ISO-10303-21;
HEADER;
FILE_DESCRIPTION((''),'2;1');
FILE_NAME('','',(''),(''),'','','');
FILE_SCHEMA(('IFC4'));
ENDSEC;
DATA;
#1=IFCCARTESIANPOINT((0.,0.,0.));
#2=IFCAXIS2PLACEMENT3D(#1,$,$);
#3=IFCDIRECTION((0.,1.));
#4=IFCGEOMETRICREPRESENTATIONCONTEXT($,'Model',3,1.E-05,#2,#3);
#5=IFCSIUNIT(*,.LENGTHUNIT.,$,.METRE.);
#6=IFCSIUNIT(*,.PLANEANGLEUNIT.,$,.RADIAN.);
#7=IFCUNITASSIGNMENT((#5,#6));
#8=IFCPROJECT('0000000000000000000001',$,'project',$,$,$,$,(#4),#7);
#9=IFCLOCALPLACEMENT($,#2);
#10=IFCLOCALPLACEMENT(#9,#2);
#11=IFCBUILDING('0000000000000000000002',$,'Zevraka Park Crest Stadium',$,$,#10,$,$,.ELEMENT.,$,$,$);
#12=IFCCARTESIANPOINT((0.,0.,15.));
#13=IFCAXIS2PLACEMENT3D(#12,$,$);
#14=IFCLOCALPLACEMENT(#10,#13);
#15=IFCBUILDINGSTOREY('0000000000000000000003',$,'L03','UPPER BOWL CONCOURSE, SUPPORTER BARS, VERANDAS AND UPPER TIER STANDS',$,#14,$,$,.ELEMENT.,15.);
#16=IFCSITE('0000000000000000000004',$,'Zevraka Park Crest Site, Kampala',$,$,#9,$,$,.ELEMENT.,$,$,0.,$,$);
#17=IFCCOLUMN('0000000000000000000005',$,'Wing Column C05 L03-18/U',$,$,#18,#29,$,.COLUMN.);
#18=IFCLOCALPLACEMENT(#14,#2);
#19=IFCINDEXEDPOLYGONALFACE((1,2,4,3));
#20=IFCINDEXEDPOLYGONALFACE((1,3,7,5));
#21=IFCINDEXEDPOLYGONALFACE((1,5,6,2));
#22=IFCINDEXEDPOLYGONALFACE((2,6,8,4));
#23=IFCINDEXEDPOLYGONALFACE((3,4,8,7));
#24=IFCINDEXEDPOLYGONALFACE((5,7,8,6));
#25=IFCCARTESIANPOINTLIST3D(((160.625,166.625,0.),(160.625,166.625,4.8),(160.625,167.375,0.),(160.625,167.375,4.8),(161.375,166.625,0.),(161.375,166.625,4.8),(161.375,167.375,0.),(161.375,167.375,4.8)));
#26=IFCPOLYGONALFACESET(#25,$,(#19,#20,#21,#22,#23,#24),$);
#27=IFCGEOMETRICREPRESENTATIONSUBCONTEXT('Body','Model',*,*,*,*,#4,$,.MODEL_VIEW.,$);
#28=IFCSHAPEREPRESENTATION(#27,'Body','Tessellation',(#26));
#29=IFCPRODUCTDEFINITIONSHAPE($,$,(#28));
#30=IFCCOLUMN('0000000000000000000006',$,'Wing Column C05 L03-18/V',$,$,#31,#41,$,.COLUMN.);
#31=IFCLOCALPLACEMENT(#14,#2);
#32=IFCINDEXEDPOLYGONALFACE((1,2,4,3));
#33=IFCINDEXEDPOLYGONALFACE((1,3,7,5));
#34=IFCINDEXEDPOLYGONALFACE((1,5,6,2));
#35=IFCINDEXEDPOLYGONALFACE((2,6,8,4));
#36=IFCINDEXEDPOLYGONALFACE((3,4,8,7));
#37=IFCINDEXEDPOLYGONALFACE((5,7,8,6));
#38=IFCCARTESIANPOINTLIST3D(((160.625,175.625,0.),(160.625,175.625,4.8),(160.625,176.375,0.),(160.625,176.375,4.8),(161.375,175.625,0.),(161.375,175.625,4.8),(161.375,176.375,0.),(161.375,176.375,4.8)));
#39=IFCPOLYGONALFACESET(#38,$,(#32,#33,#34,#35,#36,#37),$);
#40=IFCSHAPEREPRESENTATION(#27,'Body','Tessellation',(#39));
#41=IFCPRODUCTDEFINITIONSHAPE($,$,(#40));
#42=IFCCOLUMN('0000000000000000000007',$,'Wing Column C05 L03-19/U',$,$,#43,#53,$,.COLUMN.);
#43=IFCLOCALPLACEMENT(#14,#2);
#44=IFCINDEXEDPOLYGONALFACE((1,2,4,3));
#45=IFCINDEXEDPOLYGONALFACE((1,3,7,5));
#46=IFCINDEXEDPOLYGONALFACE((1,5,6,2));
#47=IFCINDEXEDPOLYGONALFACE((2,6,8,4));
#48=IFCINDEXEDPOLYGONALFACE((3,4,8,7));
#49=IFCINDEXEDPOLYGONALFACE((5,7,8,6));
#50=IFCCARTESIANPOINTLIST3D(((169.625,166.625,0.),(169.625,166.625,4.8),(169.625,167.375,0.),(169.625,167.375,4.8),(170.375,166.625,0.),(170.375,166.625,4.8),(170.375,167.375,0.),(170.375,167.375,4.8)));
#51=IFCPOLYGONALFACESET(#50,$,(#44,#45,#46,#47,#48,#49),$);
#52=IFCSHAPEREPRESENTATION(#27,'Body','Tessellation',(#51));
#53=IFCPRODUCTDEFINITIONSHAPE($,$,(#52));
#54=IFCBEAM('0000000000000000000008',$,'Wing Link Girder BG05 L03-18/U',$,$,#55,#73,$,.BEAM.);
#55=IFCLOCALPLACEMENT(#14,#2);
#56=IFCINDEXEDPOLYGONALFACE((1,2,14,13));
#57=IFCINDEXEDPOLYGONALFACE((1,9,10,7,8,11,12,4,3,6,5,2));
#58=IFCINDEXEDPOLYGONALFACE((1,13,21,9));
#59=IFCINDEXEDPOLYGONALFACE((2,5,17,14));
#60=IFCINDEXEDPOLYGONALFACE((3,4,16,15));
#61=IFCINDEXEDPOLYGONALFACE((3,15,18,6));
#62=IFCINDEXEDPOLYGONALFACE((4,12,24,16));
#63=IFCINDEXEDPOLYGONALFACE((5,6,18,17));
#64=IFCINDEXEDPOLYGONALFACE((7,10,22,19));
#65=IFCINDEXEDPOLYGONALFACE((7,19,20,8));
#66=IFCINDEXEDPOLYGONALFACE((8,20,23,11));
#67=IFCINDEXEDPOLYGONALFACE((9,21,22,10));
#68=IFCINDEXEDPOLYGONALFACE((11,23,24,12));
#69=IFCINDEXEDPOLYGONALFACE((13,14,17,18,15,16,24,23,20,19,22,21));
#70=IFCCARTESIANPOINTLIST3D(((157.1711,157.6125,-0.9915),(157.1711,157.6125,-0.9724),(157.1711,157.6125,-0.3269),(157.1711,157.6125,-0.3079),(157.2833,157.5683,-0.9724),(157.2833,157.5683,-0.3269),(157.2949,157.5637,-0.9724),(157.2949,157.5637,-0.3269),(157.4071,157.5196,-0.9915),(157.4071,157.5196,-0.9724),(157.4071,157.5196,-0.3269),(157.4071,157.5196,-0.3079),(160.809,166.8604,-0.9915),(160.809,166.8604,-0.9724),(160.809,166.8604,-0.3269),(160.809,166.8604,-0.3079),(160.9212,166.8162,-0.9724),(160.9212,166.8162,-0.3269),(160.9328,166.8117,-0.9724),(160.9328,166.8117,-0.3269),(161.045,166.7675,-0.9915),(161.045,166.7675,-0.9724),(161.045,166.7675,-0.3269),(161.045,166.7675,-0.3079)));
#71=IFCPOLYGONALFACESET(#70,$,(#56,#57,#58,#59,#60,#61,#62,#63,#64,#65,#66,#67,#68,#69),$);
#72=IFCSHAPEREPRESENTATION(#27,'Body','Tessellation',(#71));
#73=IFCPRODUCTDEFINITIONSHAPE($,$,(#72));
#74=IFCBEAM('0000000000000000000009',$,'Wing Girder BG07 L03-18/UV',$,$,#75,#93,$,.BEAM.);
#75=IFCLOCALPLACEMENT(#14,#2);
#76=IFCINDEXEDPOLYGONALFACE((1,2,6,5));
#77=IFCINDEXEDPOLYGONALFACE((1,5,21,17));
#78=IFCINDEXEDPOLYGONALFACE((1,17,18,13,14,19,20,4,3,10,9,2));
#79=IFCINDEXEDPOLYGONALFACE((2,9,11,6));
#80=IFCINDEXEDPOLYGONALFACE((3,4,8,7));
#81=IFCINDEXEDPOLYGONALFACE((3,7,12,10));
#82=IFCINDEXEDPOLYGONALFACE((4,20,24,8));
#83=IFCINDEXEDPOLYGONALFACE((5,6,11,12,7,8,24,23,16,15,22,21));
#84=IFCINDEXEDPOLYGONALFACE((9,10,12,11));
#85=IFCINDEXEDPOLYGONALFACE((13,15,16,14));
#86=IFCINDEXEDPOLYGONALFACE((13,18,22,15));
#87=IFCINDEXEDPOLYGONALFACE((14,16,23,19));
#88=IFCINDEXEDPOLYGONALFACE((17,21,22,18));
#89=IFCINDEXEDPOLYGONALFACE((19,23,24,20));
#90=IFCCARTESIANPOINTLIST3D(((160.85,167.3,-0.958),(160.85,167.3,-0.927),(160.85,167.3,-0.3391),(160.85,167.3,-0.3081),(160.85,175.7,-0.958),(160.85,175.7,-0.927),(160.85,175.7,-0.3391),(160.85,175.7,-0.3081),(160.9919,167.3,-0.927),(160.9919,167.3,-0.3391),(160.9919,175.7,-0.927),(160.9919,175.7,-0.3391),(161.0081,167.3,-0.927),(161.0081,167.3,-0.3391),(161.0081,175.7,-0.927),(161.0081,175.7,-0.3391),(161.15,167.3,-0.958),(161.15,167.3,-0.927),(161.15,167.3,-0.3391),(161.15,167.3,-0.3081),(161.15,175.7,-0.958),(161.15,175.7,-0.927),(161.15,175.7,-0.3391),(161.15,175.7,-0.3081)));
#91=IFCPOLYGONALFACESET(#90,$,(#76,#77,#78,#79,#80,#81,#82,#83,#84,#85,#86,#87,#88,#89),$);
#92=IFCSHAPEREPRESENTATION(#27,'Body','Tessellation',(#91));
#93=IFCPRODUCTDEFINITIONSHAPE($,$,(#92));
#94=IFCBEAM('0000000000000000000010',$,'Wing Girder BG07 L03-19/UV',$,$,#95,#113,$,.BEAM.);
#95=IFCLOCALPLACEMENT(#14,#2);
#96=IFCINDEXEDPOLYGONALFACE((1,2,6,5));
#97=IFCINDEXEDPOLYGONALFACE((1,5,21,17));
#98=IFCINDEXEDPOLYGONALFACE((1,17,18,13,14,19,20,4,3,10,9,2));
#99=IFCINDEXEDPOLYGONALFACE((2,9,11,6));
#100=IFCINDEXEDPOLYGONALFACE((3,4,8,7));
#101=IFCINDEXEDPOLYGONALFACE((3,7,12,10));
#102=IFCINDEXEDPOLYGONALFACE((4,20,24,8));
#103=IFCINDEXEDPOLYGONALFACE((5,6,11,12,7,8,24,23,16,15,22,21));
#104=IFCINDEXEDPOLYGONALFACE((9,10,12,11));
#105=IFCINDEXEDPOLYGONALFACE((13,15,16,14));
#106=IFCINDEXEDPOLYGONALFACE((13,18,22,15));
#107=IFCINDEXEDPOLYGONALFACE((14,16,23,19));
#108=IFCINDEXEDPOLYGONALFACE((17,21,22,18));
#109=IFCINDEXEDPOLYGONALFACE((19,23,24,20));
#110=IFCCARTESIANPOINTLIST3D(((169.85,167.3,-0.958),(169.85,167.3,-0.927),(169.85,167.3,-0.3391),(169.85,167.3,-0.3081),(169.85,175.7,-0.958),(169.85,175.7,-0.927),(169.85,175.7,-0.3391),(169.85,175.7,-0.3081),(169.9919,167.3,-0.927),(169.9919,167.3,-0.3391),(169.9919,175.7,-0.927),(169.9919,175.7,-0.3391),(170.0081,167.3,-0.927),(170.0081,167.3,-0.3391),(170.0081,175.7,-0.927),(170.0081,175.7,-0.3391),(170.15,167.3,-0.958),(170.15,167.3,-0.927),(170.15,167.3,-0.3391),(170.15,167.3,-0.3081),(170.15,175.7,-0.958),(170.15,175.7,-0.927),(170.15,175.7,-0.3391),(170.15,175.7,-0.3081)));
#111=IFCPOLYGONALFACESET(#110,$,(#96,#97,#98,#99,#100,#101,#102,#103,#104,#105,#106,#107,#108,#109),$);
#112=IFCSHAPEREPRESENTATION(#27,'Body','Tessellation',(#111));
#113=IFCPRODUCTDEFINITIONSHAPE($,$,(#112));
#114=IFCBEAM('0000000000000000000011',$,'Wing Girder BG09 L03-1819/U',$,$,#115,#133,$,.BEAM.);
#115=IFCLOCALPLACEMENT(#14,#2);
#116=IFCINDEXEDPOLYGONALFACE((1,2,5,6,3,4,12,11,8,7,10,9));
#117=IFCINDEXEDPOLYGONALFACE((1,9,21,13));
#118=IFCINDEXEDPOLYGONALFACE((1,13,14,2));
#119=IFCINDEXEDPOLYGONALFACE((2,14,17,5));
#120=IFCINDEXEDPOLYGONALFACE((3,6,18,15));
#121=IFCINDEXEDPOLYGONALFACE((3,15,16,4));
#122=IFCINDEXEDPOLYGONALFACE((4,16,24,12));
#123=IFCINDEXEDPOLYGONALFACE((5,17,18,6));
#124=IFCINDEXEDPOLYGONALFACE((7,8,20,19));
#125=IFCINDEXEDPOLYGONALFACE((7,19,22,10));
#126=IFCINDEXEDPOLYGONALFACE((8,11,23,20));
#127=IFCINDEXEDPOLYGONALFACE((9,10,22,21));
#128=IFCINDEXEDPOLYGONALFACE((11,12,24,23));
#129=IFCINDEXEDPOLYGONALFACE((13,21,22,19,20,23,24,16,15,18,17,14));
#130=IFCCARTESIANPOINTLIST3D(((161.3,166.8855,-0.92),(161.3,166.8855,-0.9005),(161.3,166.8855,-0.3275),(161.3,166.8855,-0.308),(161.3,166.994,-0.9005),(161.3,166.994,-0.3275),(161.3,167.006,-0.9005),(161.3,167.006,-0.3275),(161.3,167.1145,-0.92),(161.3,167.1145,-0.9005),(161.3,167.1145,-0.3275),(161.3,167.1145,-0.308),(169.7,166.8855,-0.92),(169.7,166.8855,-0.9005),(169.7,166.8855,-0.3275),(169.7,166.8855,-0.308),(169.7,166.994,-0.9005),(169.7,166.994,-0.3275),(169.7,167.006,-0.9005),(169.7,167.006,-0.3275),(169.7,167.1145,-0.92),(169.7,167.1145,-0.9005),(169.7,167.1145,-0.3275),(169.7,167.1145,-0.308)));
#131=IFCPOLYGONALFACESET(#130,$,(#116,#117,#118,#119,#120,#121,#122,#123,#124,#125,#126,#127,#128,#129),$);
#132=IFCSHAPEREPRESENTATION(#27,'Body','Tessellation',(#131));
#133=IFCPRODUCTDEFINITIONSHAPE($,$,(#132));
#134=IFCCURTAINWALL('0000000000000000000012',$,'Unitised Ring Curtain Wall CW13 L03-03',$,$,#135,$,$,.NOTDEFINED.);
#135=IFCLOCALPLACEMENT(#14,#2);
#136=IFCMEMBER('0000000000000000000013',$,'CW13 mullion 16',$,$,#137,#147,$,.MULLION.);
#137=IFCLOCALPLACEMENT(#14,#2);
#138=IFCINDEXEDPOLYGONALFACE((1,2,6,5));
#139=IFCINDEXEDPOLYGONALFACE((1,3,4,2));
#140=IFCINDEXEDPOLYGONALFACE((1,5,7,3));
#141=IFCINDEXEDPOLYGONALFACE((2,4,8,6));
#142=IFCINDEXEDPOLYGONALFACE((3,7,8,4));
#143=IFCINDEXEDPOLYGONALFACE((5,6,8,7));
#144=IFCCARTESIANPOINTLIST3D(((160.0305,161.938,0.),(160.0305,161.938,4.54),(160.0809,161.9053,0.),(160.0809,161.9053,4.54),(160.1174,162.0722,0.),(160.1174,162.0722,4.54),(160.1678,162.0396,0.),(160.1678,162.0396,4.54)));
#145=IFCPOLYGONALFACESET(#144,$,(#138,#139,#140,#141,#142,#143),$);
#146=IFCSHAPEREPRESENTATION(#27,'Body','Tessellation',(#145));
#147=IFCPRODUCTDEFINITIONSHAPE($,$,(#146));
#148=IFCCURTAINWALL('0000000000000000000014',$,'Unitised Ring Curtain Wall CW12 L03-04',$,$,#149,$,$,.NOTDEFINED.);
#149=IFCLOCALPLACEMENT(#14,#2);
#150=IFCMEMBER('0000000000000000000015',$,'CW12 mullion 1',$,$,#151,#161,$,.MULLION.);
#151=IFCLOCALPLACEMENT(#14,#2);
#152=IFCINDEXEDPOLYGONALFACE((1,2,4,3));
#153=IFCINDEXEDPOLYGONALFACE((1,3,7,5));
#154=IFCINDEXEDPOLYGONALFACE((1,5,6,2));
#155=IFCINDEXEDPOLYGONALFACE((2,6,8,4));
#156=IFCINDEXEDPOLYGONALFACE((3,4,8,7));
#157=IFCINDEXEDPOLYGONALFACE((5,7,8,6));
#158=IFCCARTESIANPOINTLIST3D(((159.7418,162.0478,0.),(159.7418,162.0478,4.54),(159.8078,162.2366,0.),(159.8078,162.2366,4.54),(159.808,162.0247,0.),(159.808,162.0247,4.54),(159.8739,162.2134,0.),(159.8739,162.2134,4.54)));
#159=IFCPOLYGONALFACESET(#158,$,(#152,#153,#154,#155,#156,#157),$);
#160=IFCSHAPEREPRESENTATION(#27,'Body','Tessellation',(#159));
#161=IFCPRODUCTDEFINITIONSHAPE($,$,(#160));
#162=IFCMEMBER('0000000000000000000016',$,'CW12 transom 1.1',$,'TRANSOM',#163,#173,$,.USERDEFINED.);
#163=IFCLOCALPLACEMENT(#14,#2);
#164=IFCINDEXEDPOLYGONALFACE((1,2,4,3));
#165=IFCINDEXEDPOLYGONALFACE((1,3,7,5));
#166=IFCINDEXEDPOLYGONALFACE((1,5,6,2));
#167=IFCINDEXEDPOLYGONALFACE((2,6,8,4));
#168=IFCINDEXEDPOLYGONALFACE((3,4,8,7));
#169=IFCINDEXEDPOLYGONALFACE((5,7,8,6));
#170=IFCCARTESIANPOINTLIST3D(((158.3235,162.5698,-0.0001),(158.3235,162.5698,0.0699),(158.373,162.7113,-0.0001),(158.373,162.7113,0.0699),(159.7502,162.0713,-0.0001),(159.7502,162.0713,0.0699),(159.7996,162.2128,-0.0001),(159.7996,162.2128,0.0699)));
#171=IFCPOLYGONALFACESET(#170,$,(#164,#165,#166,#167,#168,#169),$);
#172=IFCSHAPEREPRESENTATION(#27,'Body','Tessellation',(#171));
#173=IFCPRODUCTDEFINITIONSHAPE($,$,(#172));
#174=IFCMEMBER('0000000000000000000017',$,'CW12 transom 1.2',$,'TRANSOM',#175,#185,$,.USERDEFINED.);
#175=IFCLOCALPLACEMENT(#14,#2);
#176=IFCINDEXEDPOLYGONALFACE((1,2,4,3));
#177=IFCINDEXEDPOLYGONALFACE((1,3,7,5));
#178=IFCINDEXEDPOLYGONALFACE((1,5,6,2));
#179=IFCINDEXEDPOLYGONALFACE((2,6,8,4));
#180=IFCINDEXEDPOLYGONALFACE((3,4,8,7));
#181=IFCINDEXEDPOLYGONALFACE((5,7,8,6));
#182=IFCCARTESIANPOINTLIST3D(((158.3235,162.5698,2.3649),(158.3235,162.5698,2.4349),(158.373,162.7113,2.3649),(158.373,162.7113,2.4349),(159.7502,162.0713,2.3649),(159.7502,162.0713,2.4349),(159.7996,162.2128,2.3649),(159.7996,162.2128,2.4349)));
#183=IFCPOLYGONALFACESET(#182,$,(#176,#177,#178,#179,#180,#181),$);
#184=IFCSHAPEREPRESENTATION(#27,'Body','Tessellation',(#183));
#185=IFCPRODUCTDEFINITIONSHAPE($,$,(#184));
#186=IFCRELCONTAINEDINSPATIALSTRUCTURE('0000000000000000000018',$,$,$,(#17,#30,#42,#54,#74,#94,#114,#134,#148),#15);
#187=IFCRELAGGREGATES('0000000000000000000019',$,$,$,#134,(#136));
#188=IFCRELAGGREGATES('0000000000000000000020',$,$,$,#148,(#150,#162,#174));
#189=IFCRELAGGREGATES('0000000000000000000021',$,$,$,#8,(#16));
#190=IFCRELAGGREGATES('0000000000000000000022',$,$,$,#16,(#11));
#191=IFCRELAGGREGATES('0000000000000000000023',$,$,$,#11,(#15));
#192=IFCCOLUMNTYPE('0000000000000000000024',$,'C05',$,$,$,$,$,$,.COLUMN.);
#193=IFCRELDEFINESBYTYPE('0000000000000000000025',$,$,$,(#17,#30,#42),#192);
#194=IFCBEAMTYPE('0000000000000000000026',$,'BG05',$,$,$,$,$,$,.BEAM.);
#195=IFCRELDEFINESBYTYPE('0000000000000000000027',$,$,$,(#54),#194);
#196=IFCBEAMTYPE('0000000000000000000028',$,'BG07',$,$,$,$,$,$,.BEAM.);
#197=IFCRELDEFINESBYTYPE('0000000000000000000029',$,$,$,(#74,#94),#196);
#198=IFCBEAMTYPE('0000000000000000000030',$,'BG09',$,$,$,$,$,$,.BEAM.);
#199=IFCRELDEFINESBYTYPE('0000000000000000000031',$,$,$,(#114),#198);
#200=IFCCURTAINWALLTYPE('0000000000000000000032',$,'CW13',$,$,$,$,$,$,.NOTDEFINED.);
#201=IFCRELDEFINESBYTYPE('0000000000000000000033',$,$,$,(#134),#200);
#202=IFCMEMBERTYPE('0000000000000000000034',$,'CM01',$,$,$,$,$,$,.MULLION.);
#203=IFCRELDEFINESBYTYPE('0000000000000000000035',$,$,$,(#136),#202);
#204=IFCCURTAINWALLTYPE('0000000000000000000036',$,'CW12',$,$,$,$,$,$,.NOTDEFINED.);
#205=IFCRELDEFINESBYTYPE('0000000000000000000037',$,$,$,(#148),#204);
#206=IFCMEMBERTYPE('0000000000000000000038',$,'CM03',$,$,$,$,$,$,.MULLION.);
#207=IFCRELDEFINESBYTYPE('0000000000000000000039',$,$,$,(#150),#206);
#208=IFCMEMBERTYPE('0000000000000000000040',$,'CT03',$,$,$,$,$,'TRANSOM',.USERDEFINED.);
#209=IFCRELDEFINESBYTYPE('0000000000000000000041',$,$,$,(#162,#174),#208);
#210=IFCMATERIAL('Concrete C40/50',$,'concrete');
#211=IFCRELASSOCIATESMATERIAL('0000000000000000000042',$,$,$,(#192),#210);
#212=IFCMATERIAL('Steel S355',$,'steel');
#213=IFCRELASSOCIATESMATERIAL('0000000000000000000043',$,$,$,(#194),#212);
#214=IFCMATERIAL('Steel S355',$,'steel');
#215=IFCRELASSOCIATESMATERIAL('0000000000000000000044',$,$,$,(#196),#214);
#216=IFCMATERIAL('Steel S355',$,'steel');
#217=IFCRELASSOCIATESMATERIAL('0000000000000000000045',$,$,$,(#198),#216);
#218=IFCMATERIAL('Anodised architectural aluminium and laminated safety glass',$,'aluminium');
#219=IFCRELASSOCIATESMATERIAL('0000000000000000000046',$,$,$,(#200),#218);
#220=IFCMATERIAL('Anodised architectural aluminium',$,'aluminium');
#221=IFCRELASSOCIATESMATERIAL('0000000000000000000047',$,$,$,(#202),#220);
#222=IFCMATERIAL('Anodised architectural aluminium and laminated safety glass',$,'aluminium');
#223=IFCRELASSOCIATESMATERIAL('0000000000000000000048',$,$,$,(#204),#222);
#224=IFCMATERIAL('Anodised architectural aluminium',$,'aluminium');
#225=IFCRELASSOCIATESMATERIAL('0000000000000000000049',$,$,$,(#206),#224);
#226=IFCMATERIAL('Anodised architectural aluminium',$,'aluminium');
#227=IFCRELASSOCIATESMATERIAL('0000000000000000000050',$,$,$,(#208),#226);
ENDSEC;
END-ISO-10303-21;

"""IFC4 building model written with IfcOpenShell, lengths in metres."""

from ifc_helpers import new_model, si_unit, direction, frame, origin, origin_2d, place, context, subcontext, project, spatial, rectangle, i_section, extrude, material, material_profile, profile_set, type_object, element, aggregate, save


model = new_model("IFC4")

# Units and contexts
model_context = context("Model", 3, precision=1e-05, world=origin(), true_north=direction((0.0, 1.0)))
body_context = subcontext(model_context, "Body", "Model", "MODEL_VIEW")
ifc_project = project(units=[si_unit("LENGTHUNIT", "METRE"), si_unit("PLANEANGLEUNIT", "RADIAN")], contexts=[model_context])

# Site, building, storey
site_placement = place(None, origin())
site = spatial("IfcSite", under=ifc_project, at=site_placement, Name="Zevraka Park Crest Site, Kampala", CompositionType="ELEMENT", RefElevation=0.0)
building_placement = place(site_placement, origin())
building = spatial("IfcBuilding", under=site, at=building_placement, Name="Zevraka Park Crest Stadium", CompositionType="ELEMENT")
storey_placement = place(building_placement, frame((0.0, 0.0, 15.0)))
storey = spatial("IfcBuildingStorey", under=building, at=storey_placement, Name="L03", Description="UPPER BOWL CONCOURSE, SUPPORTER BARS, VERANDAS AND UPPER TIER STANDS", CompositionType="ELEMENT", Elevation=15.0)

# Columns
ifc_material_1 = material(Name="Concrete C40/50", Category="concrete")
ifc_material_profile_1 = material_profile(ifc_material_1, rectangle(XDim=0.75, YDim=0.75, at=origin_2d()), Name="RC 750x750")
ifc_profile_set_1 = profile_set([ifc_material_profile_1], Name="Concrete C40/50")
column_type = type_object("IfcColumnType", Name="C05", PredefinedType="COLUMN", material=ifc_profile_set_1)
for number, where, z_axis, x_axis, name in (
    (1, (161.0, 167.0, 0.0), (0.0, 0.0, 1.0), (1.0, 0.0, 0.0), "Wing Column C05 L03-18/U"),
    (2, (161.0, 176.0, 0.0), (0.0, 0.0, 1.0), (1.0, 0.0, 0.0), "Wing Column C05 L03-18/V"),
    (3, (170.0, 167.0, 0.0), (0.0, 0.0, 1.0), (1.0, 0.0, 0.0), "Wing Column C05 L03-19/U"),
):
    element("IfcColumn", number, at=place(storey_placement, frame(where, z_axis=z_axis, x_axis=x_axis)), inside=storey, type_object=column_type, Name=name, PredefinedType="COLUMN", context=body_context, shape_type="SweptSolid", body=[
        extrude(rectangle(XDim=0.75, YDim=0.75, at=origin_2d()), origin(), (0.0, 0.0, 1.0), 4.8),
    ])

# Beams
ifc_material_2 = material(Name="Steel S355", Category="steel")
ifc_material_profile_2 = material_profile(ifc_material_2, i_section(OverallWidth=0.2537, OverallDepth=0.6836, WebThickness=0.0125, FlangeThickness=0.019, at=origin_2d()), Name="UKB 686x254x140")
ifc_profile_set_2 = profile_set([ifc_material_profile_2], Name="Steel S355")
beam_type_1 = type_object("IfcBeamType", Name="BG05", PredefinedType="BEAM", material=ifc_profile_set_2)
beam_1_placement = place(storey_placement, frame((160.927, 166.814, -0.6497), z_axis=(-0.366069, -0.930588, 0.0), x_axis=(0.930588, -0.366069, 0.0)))
element("IfcBeam", 4, at=beam_1_placement, inside=storey, type_object=beam_type_1, Name="Wing Link Girder BG05 L03-18/U", PredefinedType="BEAM", context=body_context, shape_type="SweptSolid", body=[
    extrude(i_section(OverallWidth=0.2537, OverallDepth=0.6836, WebThickness=0.0125, FlangeThickness=0.019, at=origin_2d()), origin(), (0.0, 0.0, 1.0), 9.9377),
])
ifc_material_3 = material(Name="Steel S355", Category="steel")
ifc_material_profile_3 = material_profile(ifc_material_3, i_section(OverallWidth=0.3, OverallDepth=0.6499, WebThickness=0.0161, FlangeThickness=0.031, at=origin_2d()), Name="HEB 650")
ifc_profile_set_3 = profile_set([ifc_material_profile_3], Name="Steel S355")
beam_type_2 = type_object("IfcBeamType", Name="BG07", PredefinedType="BEAM", material=ifc_profile_set_3)
for number, where, z_axis, x_axis, name in (
    (5, (161.0, 167.3, -0.6331), (0.0, 1.0, 0.0), (-1.0, 0.0, 0.0), "Wing Girder BG07 L03-18/UV"),
    (6, (170.0, 167.3, -0.6331), (0.0, 1.0, 0.0), (-1.0, 0.0, 0.0), "Wing Girder BG07 L03-19/UV"),
):
    element("IfcBeam", number, at=place(storey_placement, frame(where, z_axis=z_axis, x_axis=x_axis)), inside=storey, type_object=beam_type_2, Name=name, PredefinedType="BEAM", context=body_context, shape_type="SweptSolid", body=[
        extrude(i_section(OverallWidth=0.3, OverallDepth=0.6499, WebThickness=0.0161, FlangeThickness=0.031, at=origin_2d()), origin(), (0.0, 0.0, 1.0), 8.3999),
    ])
ifc_material_4 = material(Name="Steel S355", Category="steel")
ifc_material_profile_4 = material_profile(ifc_material_4, i_section(OverallWidth=0.229, OverallDepth=0.6121, WebThickness=0.012, FlangeThickness=0.0195, at=origin_2d()), Name="UKB 610x229x125")
ifc_profile_set_4 = profile_set([ifc_material_profile_4], Name="Steel S355")
beam_type_3 = type_object("IfcBeamType", Name="BG09", PredefinedType="BEAM", material=ifc_profile_set_4)
beam_2_placement = place(storey_placement, frame((161.3, 167.0, -0.614), z_axis=(1.0, 0.0, 0.0), x_axis=(0.0, 1.0, 0.0)))
element("IfcBeam", 7, at=beam_2_placement, inside=storey, type_object=beam_type_3, Name="Wing Girder BG09 L03-1819/U", PredefinedType="BEAM", context=body_context, shape_type="SweptSolid", body=[
    extrude(i_section(OverallWidth=0.229, OverallDepth=0.6121, WebThickness=0.012, FlangeThickness=0.0195, at=origin_2d()), origin(), (0.0, 0.0, 1.0), 8.3999),
])

# Curtain wall, member
ifc_material_5 = material(Name="Anodised architectural aluminium and laminated safety glass", Category="aluminium")
curtain_wall_type_1 = type_object("IfcCurtainWallType", Name="CW13", PredefinedType="NOTDEFINED", material=ifc_material_5)
curtain_wall_1_placement = place(storey_placement, origin())
curtain_wall_1 = element("IfcCurtainWall", 8, at=curtain_wall_1_placement, inside=storey, type_object=curtain_wall_type_1, Name="Unitised Ring Curtain Wall CW13 L03-03", PredefinedType="NOTDEFINED")
ifc_material_6 = material(Name="Anodised architectural aluminium", Category="aluminium")
ifc_material_profile_5 = material_profile(ifc_material_6, rectangle(XDim=0.1599, YDim=0.0601, at=origin_2d()), Name="ALU MULLION 160x60")
ifc_profile_set_5 = profile_set([ifc_material_profile_5], Name="Anodised architectural aluminium")
member_type_1 = type_object("IfcMemberType", Name="CM01", PredefinedType="MULLION", material=ifc_profile_set_5)
member_1_placement = place(storey_placement, frame((160.0991, 161.9888, 0.0), z_axis=(0.0, 0.0, 1.0), x_axis=(-0.543469, -0.839429, 0.0)))
member_1 = element("IfcMember", 9, at=member_1_placement, type_object=member_type_1, Name="CW13 mullion 16", PredefinedType="MULLION", context=body_context, shape_type="SweptSolid", body=[
    extrude(rectangle(XDim=0.1599, YDim=0.0601, at=origin_2d()), origin(), (0.0, 0.0, 1.0), 4.54),
])
aggregate(curtain_wall_1, [member_1])

# Curtain wall, members
ifc_material_7 = material(Name="Anodised architectural aluminium and laminated safety glass", Category="aluminium")
curtain_wall_type_2 = type_object("IfcCurtainWallType", Name="CW12", PredefinedType="NOTDEFINED", material=ifc_material_7)
curtain_wall_2_placement = place(storey_placement, origin())
curtain_wall_2 = element("IfcCurtainWall", 10, at=curtain_wall_2_placement, inside=storey, type_object=curtain_wall_type_2, Name="Unitised Ring Curtain Wall CW12 L03-04", PredefinedType="NOTDEFINED")
ifc_material_8 = material(Name="Anodised architectural aluminium", Category="aluminium")
ifc_material_profile_6 = material_profile(ifc_material_8, rectangle(XDim=0.2, YDim=0.0701, at=origin_2d()), Name="ALU MULLION 200x70")
ifc_profile_set_6 = profile_set([ifc_material_profile_6], Name="Anodised architectural aluminium")
member_type_2 = type_object("IfcMemberType", Name="CM03", PredefinedType="MULLION", material=ifc_profile_set_6)
member_2_placement = place(storey_placement, frame((159.8079, 162.1306, 0.0), z_axis=(0.0, 0.0, 1.0), x_axis=(-0.329917, -0.94401, 0.0)))
member_2 = element("IfcMember", 11, at=member_2_placement, type_object=member_type_2, Name="CW12 mullion 1", PredefinedType="MULLION", context=body_context, shape_type="SweptSolid", body=[
    extrude(rectangle(XDim=0.2, YDim=0.0701, at=origin_2d()), origin(), (0.0, 0.0, 1.0), 4.54),
])
ifc_material_9 = material(Name="Anodised architectural aluminium", Category="aluminium")
ifc_material_profile_7 = material_profile(ifc_material_9, rectangle(XDim=0.1499, YDim=0.0701, at=origin_2d()), Name="ALU TRANSOM 150x70")
ifc_profile_set_7 = profile_set([ifc_material_profile_7], Name="Anodised architectural aluminium")
member_type_3 = type_object("IfcMemberType", Name="CT03", ElementType="TRANSOM", PredefinedType="USERDEFINED", material=ifc_profile_set_7)
member_3_placement = place(storey_placement, frame((159.7749, 162.1421, 0.0349), z_axis=(-0.944029, 0.329861, 0.0), x_axis=(-0.329861, -0.944029, 0.0)))
member_3 = element("IfcMember", 12, at=member_3_placement, type_object=member_type_3, Name="CW12 transom 1.1", ObjectType="TRANSOM", PredefinedType="USERDEFINED", context=body_context, shape_type="SweptSolid", body=[
    extrude(rectangle(XDim=0.1499, YDim=0.0701, at=origin_2d()), origin(), (0.0, 0.0, 1.0), 1.5112),
])
member_4_placement = place(storey_placement, frame((159.7749, 162.1421, 2.3999), z_axis=(-0.944029, 0.329861, 0.0), x_axis=(-0.329861, -0.944029, 0.0)))
member_4 = element("IfcMember", 13, at=member_4_placement, type_object=member_type_3, Name="CW12 transom 1.2", ObjectType="TRANSOM", PredefinedType="USERDEFINED", context=body_context, shape_type="SweptSolid", body=[
    extrude(rectangle(XDim=0.1499, YDim=0.0701, at=origin_2d()), origin(), (0.0, 0.0, 1.0), 1.5112),
])

aggregate(curtain_wall_2, [member_2, member_3, member_4])

save(model, "model.ifc")
